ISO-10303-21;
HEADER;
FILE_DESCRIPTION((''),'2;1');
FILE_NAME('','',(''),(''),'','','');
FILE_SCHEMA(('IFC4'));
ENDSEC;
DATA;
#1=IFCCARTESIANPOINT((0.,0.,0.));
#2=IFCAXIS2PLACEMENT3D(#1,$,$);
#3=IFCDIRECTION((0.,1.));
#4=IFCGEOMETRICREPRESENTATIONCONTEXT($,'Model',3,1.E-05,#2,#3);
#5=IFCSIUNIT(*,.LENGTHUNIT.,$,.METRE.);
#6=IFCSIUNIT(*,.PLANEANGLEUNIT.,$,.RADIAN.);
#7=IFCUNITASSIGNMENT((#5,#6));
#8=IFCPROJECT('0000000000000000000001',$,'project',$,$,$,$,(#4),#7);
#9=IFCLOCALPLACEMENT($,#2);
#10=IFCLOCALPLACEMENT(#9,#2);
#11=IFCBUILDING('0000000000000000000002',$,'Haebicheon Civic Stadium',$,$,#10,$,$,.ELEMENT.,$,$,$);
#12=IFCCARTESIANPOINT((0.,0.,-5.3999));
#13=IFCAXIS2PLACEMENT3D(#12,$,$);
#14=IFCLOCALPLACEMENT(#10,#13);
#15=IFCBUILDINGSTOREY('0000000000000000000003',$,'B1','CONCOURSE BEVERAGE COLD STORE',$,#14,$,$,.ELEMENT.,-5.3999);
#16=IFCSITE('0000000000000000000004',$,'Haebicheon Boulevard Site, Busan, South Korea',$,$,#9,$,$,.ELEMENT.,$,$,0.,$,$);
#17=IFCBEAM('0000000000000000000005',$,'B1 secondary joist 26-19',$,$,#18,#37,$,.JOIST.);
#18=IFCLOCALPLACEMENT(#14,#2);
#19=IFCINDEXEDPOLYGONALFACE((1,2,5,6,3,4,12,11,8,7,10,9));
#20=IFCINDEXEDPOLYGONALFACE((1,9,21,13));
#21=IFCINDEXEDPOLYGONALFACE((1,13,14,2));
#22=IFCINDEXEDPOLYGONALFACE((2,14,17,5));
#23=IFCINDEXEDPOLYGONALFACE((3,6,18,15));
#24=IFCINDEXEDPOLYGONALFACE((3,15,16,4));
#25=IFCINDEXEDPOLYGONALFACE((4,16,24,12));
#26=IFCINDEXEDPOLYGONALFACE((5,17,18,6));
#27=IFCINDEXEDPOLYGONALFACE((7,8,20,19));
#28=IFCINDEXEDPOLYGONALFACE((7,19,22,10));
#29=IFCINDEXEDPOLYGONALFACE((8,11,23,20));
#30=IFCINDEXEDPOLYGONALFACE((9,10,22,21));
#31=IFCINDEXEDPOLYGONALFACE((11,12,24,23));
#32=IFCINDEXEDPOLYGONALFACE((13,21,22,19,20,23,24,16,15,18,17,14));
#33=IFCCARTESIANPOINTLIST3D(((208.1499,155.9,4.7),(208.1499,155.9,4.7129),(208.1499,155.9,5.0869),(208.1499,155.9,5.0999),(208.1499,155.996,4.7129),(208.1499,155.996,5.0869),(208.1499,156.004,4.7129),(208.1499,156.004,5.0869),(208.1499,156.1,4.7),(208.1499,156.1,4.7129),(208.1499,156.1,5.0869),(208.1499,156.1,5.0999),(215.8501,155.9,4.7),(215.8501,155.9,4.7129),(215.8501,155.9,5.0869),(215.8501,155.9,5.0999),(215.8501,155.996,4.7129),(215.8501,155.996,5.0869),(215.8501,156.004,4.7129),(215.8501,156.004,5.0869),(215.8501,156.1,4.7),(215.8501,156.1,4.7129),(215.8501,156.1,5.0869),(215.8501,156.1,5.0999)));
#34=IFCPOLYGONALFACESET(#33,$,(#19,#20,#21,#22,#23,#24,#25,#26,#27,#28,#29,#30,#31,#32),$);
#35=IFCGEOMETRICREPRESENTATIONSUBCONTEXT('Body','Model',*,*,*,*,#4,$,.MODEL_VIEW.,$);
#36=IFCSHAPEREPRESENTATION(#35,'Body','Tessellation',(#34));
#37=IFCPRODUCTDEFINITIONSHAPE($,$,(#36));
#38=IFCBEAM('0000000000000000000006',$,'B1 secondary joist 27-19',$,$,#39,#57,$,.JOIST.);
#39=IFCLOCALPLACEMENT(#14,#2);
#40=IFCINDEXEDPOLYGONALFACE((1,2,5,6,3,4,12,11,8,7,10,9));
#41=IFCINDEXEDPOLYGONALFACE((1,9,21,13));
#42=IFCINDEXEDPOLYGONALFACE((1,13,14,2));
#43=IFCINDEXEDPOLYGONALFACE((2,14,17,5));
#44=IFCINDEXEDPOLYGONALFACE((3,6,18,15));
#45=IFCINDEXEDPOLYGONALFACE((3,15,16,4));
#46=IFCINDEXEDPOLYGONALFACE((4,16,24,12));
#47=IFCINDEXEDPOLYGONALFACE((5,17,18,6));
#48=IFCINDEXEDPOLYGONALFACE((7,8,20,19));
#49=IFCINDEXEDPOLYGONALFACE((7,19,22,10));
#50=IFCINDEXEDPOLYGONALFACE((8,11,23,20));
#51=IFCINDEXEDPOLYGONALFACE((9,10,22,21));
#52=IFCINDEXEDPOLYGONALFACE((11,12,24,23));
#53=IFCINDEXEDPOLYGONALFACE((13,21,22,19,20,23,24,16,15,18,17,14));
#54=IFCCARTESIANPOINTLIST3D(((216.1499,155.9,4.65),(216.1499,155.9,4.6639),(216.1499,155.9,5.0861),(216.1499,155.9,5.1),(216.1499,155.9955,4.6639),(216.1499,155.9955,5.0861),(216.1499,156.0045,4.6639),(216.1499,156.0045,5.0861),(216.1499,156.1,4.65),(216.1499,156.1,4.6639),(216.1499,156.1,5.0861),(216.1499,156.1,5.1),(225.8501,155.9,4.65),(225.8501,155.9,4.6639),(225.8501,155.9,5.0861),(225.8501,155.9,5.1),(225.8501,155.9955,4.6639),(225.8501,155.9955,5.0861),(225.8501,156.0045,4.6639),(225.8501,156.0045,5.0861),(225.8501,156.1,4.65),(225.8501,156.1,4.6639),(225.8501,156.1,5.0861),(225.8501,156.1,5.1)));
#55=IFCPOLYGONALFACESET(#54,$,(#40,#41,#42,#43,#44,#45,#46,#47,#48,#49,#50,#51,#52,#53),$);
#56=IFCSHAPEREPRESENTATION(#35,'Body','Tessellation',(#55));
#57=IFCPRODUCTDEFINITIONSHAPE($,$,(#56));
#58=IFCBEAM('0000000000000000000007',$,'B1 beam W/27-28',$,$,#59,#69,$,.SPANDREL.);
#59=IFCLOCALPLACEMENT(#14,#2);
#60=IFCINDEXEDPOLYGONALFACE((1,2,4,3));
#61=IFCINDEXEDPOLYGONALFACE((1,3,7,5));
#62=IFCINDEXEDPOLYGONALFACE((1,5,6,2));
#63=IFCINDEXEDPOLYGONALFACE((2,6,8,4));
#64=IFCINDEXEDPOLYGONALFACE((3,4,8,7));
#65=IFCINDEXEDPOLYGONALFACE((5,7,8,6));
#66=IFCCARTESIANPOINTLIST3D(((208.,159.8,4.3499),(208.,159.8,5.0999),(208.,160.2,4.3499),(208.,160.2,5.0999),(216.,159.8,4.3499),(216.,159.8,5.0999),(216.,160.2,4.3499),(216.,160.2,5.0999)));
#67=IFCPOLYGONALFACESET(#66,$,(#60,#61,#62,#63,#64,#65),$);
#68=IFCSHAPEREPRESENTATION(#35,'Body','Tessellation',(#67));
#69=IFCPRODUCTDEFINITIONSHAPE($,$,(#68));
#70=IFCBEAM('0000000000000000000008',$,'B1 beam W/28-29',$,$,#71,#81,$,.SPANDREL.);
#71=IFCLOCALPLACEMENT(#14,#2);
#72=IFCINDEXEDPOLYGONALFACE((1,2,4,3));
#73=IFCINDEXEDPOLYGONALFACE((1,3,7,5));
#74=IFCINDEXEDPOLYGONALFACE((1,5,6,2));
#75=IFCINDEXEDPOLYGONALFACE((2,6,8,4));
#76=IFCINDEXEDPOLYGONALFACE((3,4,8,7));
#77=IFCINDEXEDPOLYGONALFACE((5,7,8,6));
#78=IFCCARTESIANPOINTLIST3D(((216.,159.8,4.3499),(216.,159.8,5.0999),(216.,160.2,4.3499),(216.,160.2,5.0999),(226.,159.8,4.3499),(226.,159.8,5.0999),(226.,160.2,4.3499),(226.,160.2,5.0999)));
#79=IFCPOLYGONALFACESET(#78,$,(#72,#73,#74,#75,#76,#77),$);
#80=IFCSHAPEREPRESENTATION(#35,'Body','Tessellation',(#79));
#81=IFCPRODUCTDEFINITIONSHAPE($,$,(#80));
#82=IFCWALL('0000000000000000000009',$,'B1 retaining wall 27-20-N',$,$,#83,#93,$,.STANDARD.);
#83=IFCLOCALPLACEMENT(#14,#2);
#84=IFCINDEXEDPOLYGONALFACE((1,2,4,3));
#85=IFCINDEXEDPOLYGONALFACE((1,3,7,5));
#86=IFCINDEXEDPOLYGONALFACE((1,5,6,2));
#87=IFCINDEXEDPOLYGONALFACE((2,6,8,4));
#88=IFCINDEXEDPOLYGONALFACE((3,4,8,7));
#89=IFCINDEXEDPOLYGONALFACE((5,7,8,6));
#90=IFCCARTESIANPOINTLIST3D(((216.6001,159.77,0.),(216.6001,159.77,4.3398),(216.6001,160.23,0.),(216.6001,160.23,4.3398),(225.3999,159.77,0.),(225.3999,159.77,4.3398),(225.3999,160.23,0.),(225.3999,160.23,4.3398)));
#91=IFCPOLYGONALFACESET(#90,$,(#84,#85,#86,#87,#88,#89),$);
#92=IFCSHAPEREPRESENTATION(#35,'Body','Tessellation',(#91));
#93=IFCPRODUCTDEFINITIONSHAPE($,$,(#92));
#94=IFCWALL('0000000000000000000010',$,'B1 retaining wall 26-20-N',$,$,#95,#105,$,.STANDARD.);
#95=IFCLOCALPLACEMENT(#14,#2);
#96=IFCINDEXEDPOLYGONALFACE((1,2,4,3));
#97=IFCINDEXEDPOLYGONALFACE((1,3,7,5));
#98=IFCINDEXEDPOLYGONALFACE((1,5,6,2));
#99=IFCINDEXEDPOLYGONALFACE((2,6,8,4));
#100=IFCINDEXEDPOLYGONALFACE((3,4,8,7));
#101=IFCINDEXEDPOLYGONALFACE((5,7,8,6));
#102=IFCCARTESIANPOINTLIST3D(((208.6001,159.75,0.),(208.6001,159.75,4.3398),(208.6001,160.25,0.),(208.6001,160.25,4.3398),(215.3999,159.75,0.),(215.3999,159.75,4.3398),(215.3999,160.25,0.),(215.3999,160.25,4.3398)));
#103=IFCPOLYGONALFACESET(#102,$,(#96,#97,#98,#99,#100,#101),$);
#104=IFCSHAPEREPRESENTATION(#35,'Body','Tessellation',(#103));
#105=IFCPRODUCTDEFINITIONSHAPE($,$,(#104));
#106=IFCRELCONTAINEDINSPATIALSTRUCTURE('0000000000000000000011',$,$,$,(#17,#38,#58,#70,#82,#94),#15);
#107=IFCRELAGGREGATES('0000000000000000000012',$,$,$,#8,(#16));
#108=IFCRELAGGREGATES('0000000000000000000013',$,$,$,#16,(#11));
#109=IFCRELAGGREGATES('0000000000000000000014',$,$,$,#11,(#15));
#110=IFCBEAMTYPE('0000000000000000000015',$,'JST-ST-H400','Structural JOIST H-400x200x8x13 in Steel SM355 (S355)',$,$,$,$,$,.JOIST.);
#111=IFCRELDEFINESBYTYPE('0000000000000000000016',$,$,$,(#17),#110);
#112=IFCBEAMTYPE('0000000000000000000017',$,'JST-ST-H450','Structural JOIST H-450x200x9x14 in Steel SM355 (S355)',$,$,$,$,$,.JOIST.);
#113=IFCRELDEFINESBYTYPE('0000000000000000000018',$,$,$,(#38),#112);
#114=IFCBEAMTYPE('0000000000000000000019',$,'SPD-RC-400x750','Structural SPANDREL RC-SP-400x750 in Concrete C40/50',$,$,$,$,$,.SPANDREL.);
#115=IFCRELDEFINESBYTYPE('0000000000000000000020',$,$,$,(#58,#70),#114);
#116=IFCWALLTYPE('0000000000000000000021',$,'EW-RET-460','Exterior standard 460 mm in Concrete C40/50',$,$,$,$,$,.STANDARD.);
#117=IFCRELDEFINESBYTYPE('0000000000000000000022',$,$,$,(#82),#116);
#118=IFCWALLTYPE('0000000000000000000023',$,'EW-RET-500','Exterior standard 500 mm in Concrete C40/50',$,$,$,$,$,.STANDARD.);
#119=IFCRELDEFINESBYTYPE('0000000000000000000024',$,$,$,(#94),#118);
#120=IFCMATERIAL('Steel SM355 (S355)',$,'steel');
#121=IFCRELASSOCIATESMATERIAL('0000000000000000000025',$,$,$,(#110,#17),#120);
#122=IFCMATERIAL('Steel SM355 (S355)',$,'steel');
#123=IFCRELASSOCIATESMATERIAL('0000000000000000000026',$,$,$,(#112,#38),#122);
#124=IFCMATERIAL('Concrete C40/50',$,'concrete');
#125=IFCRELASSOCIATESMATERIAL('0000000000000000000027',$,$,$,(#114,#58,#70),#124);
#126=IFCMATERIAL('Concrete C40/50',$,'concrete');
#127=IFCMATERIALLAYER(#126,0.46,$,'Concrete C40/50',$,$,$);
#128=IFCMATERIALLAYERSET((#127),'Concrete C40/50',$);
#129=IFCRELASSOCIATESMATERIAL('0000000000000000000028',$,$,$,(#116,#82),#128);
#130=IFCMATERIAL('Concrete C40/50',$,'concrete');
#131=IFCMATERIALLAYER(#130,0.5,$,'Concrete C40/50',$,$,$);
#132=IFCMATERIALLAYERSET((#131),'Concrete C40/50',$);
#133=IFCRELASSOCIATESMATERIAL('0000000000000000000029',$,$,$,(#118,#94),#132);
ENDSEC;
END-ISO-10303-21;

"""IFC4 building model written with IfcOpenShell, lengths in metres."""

from ifc_helpers import new_model, si_unit, direction, frame, frame_2d, origin, origin_2d, place, context, subcontext, project, spatial, rectangle, i_section, extrude, material, layer, layer_set, material_profile, profile_set, type_object, element, save


model = new_model("IFC4")

# Units and contexts
model_context = context("Model", 3, precision=1e-05, world=origin(), true_north=direction((0.0, 1.0)))
body_context = subcontext(model_context, "Body", "Model", "MODEL_VIEW")
ifc_project = project(units=[si_unit("LENGTHUNIT", "METRE"), si_unit("PLANEANGLEUNIT", "RADIAN")], contexts=[model_context])

# Site, building, storey
site_placement = place(None, origin())
site = spatial("IfcSite", under=ifc_project, at=site_placement, Name="Haebicheon Boulevard Site, Busan, South Korea", CompositionType="ELEMENT", RefElevation=0.0)
building_placement = place(site_placement, origin())
building = spatial("IfcBuilding", under=site, at=building_placement, Name="Haebicheon Civic Stadium", CompositionType="ELEMENT")
storey_placement = place(building_placement, frame((0.0, 0.0, -5.3999)))
storey = spatial("IfcBuildingStorey", under=building, at=storey_placement, Name="B1", Description="CONCOURSE BEVERAGE COLD STORE", CompositionType="ELEMENT", Elevation=-5.3999)

# Beams
ifc_material_1 = material(Name="Steel SM355 (S355)", Category="steel")
ifc_material_profile_1 = material_profile(ifc_material_1, i_section(OverallWidth=0.2, OverallDepth=0.3999, WebThickness=0.0081, FlangeThickness=0.0129, at=origin_2d()), Name="H-400x200x8x13")
ifc_profile_set_1 = profile_set([ifc_material_profile_1], Name="Steel SM355 (S355)")
beam_type_1 = type_object("IfcBeamType", Name="JST-ST-H400", Description="Structural JOIST H-400x200x8x13 in Steel SM355 (S355)", PredefinedType="JOIST", material=ifc_profile_set_1)
beam_1_placement = place(storey_placement, frame((208.1499, 156.0, 4.8999), z_axis=(1.0, 0.0, 0.0), x_axis=(0.0, 1.0, 0.0)))
element("IfcBeam", 1, at=beam_1_placement, inside=storey, type_object=beam_type_1, material=ifc_profile_set_1, Name="B1 secondary joist 26-19", PredefinedType="JOIST", context=body_context, shape_type="SweptSolid", body=[
    extrude(i_section(OverallWidth=0.2, OverallDepth=0.3999, WebThickness=0.0081, FlangeThickness=0.0129, at=origin_2d()), origin(), (0.0, 0.0, 1.0), 7.7002),
])
ifc_material_2 = material(Name="Steel SM355 (S355)", Category="steel")
ifc_material_profile_2 = material_profile(ifc_material_2, i_section(OverallWidth=0.2, OverallDepth=0.45, WebThickness=0.009, FlangeThickness=0.0139, at=origin_2d()), Name="H-450x200x9x14")
ifc_profile_set_2 = profile_set([ifc_material_profile_2], Name="Steel SM355 (S355)")
beam_type_2 = type_object("IfcBeamType", Name="JST-ST-H450", Description="Structural JOIST H-450x200x9x14 in Steel SM355 (S355)", PredefinedType="JOIST", material=ifc_profile_set_2)
beam_2_placement = place(storey_placement, frame((216.1499, 156.0, 4.875), z_axis=(1.0, 0.0, 0.0), x_axis=(0.0, 1.0, 0.0)))
element("IfcBeam", 2, at=beam_2_placement, inside=storey, type_object=beam_type_2, material=ifc_profile_set_2, Name="B1 secondary joist 27-19", PredefinedType="JOIST", context=body_context, shape_type="SweptSolid", body=[
    extrude(i_section(OverallWidth=0.2, OverallDepth=0.45, WebThickness=0.009, FlangeThickness=0.0139, at=origin_2d()), origin(), (0.0, 0.0, 1.0), 9.7002),
])
ifc_material_3 = material(Name="Concrete C40/50", Category="concrete")
ifc_material_profile_3 = material_profile(ifc_material_3, rectangle(XDim=0.3999, YDim=0.75, at=origin_2d()), Name="RC-SP-400x750")
ifc_profile_set_3 = profile_set([ifc_material_profile_3], Name="Concrete C40/50")
beam_type_3 = type_object("IfcBeamType", Name="SPD-RC-400x750", Description="Structural SPANDREL RC-SP-400x750 in Concrete C40/50", PredefinedType="SPANDREL", material=ifc_profile_set_3)
beam_3_placement = place(storey_placement, frame((208.0, 160.0, 4.7249), z_axis=(1.0, 0.0, 0.0), x_axis=(0.0, 1.0, 0.0)))
element("IfcBeam", 3, at=beam_3_placement, inside=storey, type_object=beam_type_3, material=ifc_profile_set_3, Name="B1 beam W/27-28", PredefinedType="SPANDREL", context=body_context, shape_type="SweptSolid", body=[
    extrude(rectangle(XDim=0.3999, YDim=0.75, at=origin_2d()), origin(), (0.0, 0.0, 1.0), 8.0),
])
beam_4_placement = place(storey_placement, frame((216.0, 160.0, 4.7249), z_axis=(1.0, 0.0, 0.0), x_axis=(0.0, 1.0, 0.0)))
element("IfcBeam", 4, at=beam_4_placement, inside=storey, type_object=beam_type_3, material=ifc_profile_set_3, Name="B1 beam W/28-29", PredefinedType="SPANDREL", context=body_context, shape_type="SweptSolid", body=[
    extrude(rectangle(XDim=0.3999, YDim=0.75, at=origin_2d()), origin(), (0.0, 0.0, 1.0), 10.0),
])

# Walls
ifc_material_4 = material(Name="Concrete C40/50", Category="concrete")
ifc_layer_1 = layer(ifc_material_4, 0.46, Name="Concrete C40/50")
ifc_layer_set_1 = layer_set([ifc_layer_1], Name="Concrete C40/50")
wall_type_1 = type_object("IfcWallType", Name="EW-RET-460", Description="Exterior standard 460 mm in Concrete C40/50", PredefinedType="STANDARD", material=ifc_layer_set_1)
wall_1_placement = place(storey_placement, frame((216.6001, 160.0, 0.0), z_axis=(0.0, 0.0, 1.0), x_axis=(1.0, 0.0, 0.0)))
element("IfcWall", 5, at=wall_1_placement, inside=storey, type_object=wall_type_1, material=ifc_layer_set_1, Name="B1 retaining wall 27-20-N", PredefinedType="STANDARD", context=body_context, shape_type="SweptSolid", body=[
    extrude(rectangle(XDim=8.7998, YDim=0.46, at=frame_2d((4.3999, 0.0))), origin(), (0.0, 0.0, 1.0), 4.3398),
])
ifc_material_5 = material(Name="Concrete C40/50", Category="concrete")
ifc_layer_2 = layer(ifc_material_5, 0.5, Name="Concrete C40/50")
ifc_layer_set_2 = layer_set([ifc_layer_2], Name="Concrete C40/50")
wall_type_2 = type_object("IfcWallType", Name="EW-RET-500", Description="Exterior standard 500 mm in Concrete C40/50", PredefinedType="STANDARD", material=ifc_layer_set_2)
wall_2_placement = place(storey_placement, frame((208.6001, 160.0, 0.0), z_axis=(0.0, 0.0, 1.0), x_axis=(1.0, 0.0, 0.0)))
element("IfcWall", 6, at=wall_2_placement, inside=storey, type_object=wall_type_2, material=ifc_layer_set_2, Name="B1 retaining wall 26-20-N", PredefinedType="STANDARD", context=body_context, shape_type="SweptSolid", body=[
    extrude(rectangle(XDim=6.7998, YDim=0.5, at=frame_2d((3.3999, 0.0))), origin(), (0.0, 0.0, 1.0), 4.3398),
])

save(model, "model.ifc")
